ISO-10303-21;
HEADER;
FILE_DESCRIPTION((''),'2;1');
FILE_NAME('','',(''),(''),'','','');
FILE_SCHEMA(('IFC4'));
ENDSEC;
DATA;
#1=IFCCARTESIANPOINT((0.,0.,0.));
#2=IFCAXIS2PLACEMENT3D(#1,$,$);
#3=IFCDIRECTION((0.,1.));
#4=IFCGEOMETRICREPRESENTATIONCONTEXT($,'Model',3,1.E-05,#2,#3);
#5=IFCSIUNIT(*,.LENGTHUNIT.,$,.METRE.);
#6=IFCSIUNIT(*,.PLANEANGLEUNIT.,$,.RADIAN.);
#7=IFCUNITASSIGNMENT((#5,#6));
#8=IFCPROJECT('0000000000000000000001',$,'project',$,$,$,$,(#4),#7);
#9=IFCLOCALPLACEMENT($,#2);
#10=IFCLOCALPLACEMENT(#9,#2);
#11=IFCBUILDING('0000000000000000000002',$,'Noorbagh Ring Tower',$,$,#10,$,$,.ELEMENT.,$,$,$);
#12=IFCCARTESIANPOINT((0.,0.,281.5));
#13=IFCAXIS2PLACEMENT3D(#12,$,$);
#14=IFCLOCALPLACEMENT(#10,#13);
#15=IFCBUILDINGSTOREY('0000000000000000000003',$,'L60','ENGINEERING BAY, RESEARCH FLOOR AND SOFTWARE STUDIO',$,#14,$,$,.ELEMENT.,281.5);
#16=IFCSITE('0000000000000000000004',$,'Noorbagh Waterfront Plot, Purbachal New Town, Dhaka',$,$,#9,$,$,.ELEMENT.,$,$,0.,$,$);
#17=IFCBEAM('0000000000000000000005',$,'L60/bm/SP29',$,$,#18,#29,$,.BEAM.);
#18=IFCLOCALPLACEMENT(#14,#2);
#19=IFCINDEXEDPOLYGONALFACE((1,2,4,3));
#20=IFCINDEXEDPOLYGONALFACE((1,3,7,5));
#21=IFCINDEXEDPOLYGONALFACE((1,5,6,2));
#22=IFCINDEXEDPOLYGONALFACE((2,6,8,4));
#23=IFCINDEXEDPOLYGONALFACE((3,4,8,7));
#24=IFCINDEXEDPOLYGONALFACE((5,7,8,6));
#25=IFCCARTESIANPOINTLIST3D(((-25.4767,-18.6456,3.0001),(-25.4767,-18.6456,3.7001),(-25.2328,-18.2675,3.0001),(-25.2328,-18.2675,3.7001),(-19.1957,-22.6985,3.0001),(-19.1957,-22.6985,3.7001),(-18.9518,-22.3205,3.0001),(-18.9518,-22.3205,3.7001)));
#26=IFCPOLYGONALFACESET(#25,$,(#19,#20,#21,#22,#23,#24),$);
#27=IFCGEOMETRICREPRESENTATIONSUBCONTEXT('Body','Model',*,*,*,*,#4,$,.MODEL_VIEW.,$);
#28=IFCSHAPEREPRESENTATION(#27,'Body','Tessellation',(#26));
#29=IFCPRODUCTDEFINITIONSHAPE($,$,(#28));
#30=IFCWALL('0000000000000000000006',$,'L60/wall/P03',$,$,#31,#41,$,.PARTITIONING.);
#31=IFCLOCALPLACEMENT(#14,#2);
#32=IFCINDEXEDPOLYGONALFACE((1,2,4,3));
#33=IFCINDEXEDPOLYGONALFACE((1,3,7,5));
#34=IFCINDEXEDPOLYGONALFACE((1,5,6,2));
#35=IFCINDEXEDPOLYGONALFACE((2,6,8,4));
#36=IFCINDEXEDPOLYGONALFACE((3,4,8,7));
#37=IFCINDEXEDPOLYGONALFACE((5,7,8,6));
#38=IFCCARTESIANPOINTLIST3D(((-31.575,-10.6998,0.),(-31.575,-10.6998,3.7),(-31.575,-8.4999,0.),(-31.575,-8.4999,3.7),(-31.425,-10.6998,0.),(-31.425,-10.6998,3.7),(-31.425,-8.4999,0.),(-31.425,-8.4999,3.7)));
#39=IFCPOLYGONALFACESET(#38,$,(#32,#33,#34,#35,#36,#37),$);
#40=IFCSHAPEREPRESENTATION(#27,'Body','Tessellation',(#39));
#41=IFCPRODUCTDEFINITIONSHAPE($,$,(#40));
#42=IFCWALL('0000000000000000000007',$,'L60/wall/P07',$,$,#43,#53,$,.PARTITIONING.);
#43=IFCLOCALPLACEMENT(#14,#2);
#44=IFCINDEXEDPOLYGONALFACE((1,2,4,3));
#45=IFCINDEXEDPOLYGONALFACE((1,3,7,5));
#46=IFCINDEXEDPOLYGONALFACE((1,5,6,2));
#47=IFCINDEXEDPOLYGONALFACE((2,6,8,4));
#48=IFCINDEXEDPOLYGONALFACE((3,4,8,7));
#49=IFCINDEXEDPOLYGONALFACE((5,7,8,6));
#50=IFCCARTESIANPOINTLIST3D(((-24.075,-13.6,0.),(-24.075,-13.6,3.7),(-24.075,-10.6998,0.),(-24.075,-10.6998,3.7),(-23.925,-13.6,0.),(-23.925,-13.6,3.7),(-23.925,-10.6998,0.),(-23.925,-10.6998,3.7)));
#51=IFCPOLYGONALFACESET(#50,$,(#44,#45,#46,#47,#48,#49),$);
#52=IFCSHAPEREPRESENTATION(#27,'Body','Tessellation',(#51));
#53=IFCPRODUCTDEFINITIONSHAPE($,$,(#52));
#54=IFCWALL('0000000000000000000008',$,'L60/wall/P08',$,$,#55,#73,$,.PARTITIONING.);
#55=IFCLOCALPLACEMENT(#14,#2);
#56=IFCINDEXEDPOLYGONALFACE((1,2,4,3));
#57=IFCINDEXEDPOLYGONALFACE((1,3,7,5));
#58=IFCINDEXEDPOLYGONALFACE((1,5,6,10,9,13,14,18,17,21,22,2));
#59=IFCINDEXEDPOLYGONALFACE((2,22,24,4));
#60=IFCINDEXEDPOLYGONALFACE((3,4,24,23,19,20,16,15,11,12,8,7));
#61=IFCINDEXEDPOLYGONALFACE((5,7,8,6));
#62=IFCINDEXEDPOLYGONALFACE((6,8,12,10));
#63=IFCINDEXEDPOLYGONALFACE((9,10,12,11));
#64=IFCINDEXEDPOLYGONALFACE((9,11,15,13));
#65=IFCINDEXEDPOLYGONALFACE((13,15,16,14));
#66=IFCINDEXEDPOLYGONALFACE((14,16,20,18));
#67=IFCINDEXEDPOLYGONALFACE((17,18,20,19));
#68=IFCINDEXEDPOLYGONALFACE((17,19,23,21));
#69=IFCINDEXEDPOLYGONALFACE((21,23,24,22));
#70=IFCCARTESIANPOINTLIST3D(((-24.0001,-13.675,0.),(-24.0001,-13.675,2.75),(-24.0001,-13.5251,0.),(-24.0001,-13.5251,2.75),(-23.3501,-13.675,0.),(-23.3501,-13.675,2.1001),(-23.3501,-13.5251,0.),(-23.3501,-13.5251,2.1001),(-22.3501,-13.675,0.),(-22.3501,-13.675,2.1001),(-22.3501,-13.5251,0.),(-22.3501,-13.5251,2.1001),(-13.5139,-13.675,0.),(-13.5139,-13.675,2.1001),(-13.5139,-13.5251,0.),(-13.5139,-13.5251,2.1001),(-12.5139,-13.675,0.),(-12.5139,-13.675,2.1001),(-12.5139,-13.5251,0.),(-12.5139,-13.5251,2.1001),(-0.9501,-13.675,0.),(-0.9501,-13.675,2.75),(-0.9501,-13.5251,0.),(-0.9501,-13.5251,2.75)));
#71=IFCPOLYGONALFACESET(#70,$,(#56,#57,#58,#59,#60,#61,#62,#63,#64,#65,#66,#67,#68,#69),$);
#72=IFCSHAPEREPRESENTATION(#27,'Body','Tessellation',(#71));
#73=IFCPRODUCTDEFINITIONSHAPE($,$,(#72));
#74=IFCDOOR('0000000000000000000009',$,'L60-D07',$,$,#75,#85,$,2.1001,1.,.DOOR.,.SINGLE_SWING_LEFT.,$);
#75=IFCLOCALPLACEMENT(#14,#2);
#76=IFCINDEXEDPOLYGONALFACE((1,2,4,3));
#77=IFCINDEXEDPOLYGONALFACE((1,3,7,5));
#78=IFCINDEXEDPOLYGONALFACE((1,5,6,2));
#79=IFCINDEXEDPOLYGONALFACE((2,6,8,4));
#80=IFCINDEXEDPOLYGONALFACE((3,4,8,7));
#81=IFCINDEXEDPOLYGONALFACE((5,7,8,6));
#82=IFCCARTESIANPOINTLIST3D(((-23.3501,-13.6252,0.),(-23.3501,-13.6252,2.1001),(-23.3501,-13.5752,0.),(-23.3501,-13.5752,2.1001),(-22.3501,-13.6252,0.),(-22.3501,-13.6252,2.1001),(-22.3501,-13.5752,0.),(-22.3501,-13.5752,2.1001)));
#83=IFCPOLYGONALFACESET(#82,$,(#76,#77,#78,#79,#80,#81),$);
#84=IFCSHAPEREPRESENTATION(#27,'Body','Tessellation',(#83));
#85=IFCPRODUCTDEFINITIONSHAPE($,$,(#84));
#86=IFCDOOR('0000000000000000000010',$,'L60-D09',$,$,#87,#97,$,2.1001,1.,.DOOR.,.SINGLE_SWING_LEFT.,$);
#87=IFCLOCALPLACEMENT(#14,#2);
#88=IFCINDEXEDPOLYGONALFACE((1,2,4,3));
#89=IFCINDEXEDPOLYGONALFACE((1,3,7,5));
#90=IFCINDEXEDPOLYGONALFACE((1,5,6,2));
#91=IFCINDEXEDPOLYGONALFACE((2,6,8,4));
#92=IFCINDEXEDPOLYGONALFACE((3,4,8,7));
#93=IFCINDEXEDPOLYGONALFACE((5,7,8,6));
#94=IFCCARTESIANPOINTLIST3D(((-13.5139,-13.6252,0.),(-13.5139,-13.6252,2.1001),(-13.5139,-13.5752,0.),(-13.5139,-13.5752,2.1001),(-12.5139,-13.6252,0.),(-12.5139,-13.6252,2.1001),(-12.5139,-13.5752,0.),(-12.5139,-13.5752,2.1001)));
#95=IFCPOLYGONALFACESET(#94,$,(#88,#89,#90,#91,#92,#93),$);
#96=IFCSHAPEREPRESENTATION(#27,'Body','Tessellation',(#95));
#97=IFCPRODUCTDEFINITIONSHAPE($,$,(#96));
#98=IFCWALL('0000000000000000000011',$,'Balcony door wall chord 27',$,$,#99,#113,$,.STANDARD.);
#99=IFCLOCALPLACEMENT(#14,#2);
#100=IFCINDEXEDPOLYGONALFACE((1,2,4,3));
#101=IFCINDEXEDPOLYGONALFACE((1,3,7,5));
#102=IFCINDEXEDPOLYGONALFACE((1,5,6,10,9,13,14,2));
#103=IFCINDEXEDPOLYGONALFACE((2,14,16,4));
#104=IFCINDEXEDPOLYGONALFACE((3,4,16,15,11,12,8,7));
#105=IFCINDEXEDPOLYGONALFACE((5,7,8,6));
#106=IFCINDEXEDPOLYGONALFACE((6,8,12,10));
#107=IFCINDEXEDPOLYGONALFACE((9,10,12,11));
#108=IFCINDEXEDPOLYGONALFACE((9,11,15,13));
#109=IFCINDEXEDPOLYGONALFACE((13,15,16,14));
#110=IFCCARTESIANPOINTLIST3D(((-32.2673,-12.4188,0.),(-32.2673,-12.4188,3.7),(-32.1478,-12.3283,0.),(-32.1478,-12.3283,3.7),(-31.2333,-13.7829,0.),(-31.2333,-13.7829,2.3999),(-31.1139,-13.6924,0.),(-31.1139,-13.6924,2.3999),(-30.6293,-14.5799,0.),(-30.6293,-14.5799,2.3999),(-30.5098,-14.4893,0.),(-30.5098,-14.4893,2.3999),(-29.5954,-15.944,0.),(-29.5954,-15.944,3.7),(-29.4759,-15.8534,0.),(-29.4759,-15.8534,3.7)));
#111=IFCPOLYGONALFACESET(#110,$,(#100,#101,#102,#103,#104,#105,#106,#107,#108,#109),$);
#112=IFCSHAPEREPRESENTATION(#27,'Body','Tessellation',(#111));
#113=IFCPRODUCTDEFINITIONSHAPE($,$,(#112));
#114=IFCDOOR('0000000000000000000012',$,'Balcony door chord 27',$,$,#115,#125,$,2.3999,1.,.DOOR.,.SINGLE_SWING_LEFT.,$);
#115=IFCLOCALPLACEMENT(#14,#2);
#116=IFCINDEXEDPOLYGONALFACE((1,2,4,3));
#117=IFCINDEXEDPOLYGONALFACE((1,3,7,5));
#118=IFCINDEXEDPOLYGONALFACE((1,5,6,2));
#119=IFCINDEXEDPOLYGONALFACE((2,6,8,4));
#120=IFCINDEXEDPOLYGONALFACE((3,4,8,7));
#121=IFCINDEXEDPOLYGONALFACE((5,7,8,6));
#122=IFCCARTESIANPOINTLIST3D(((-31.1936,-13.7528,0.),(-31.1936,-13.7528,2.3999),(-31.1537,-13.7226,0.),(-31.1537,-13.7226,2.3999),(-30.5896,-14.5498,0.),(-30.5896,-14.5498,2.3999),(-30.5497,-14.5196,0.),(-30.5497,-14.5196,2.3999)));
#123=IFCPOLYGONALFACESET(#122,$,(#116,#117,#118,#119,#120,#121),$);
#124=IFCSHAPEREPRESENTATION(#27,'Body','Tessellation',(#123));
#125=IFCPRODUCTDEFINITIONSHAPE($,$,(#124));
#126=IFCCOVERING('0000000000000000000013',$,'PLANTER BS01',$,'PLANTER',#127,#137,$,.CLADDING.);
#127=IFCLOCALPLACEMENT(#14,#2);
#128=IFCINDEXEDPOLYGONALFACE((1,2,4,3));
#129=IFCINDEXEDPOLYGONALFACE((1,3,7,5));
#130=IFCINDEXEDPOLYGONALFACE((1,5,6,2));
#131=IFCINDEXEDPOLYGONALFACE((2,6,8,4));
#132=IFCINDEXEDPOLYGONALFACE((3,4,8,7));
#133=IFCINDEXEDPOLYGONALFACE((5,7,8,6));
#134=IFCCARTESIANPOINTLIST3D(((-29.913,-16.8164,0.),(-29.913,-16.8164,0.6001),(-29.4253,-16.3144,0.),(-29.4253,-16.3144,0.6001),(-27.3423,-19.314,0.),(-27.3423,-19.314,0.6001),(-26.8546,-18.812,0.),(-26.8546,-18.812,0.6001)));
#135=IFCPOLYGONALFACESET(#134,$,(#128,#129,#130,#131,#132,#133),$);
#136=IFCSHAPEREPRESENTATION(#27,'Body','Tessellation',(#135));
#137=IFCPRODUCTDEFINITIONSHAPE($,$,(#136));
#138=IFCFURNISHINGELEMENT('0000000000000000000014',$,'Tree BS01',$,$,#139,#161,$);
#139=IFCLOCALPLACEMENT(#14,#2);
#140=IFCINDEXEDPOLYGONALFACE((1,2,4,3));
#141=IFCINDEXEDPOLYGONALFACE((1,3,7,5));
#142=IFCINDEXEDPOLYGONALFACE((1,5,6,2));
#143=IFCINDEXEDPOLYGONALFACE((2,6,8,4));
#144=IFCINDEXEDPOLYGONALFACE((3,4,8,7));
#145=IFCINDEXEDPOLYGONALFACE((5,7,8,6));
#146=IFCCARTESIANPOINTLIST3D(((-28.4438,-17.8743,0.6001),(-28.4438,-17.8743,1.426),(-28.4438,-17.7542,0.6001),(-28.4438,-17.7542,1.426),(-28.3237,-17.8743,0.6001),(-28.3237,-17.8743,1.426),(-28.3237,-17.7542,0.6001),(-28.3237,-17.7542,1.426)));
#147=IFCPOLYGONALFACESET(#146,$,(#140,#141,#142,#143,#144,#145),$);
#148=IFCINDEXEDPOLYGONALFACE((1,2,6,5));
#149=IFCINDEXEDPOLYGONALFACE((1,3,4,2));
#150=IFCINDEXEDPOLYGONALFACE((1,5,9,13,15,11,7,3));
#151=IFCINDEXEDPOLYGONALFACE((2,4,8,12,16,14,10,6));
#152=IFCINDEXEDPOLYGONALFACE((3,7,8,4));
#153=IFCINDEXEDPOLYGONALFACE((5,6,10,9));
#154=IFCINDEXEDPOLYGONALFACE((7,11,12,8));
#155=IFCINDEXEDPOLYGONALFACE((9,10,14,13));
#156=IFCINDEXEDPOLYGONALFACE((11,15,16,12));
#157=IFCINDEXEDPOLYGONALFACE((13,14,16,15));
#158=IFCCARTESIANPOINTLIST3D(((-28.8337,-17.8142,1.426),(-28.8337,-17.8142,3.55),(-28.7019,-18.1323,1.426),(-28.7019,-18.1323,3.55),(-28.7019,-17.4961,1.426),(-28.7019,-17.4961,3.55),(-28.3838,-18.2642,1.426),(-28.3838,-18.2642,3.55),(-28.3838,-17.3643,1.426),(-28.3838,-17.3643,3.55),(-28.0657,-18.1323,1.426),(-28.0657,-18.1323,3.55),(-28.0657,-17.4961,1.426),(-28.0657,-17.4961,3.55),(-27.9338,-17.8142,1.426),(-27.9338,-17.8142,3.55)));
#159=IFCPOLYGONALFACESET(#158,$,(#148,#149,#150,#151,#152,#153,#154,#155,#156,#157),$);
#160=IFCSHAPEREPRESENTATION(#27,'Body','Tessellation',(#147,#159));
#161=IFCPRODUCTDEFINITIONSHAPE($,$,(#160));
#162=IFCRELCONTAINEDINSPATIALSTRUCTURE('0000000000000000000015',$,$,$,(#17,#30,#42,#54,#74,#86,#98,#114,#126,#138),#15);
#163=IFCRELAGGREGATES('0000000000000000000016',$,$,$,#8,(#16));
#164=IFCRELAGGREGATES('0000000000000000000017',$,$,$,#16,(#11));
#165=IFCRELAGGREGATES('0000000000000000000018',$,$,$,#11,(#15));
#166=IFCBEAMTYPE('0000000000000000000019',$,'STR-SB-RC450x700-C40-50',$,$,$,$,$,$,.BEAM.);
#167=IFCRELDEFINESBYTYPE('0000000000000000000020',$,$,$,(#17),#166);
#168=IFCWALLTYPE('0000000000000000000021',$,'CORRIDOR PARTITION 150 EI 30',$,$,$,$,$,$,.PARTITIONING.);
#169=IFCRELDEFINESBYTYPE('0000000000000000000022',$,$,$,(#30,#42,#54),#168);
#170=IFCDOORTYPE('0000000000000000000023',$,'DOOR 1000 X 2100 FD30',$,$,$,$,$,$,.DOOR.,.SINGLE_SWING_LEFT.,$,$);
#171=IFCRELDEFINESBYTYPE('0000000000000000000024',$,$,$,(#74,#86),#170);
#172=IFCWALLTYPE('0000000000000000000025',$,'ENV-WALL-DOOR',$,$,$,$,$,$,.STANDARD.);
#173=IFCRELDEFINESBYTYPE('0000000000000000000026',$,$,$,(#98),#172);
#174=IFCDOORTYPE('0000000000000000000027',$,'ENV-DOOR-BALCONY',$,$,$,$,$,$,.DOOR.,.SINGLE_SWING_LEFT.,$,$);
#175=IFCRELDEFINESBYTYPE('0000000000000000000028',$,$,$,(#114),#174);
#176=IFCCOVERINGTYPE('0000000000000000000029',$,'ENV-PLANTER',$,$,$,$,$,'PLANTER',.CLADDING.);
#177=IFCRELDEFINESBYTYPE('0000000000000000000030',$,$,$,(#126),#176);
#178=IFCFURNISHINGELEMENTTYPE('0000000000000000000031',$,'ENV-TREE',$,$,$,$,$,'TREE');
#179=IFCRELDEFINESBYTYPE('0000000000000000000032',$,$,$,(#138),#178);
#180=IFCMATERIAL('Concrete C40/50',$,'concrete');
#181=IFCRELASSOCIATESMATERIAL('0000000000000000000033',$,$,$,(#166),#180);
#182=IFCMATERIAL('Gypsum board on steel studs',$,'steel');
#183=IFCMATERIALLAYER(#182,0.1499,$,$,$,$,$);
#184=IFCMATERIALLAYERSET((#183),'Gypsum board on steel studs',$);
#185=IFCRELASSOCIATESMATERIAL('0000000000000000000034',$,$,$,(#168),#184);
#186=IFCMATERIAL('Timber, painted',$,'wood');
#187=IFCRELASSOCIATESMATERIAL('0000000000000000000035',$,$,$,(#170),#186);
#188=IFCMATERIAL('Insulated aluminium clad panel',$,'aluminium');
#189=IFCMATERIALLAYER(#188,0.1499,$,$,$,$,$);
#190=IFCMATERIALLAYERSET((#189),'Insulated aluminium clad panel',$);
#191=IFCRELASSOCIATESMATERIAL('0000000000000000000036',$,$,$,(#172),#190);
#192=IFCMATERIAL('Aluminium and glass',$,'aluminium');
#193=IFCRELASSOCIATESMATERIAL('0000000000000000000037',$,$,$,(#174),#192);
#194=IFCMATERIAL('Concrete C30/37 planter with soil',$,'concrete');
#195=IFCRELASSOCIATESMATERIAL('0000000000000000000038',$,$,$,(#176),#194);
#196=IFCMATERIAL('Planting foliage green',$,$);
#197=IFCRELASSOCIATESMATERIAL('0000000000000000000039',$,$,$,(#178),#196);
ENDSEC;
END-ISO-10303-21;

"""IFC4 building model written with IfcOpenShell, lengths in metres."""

from ifc_helpers import new_model, si_unit, direction, frame, frame_2d, origin, origin_2d, place, context, subcontext, project, spatial, polyline, rectangle, outline, extrude, material, layer, layer_set, material_profile, profile_set, type_object, element, fill, save


model = new_model("IFC4")

# Units and contexts
model_context = context("Model", 3, precision=1e-05, world=origin(), true_north=direction((0.0, 1.0)))
body_context = subcontext(model_context, "Body", "Model", "MODEL_VIEW")
ifc_project = project(units=[si_unit("LENGTHUNIT", "METRE"), si_unit("PLANEANGLEUNIT", "RADIAN")], contexts=[model_context])

# Site, building, storey
site_placement = place(None, origin())
site = spatial("IfcSite", under=ifc_project, at=site_placement, Name="Noorbagh Waterfront Plot, Purbachal New Town, Dhaka", CompositionType="ELEMENT", RefElevation=0.0)
building_placement = place(site_placement, origin())
building = spatial("IfcBuilding", under=site, at=building_placement, Name="Noorbagh Ring Tower", CompositionType="ELEMENT")
storey_placement = place(building_placement, frame((0.0, 0.0, 281.5)))
storey = spatial("IfcBuildingStorey", under=building, at=storey_placement, Name="L60", Description="ENGINEERING BAY, RESEARCH FLOOR AND SOFTWARE STUDIO", CompositionType="ELEMENT", Elevation=281.5)

# Beam
ifc_material_1 = material(Name="Concrete C40/50", Category="concrete")
ifc_material_profile_1 = material_profile(ifc_material_1, rectangle(XDim=0.45, YDim=0.7, at=origin_2d()), Name="RC450x700")
ifc_profile_set_1 = profile_set([ifc_material_profile_1], Name="Concrete C40/50")
beam_type_1 = type_object("IfcBeamType", Name="STR-SB-RC450x700-C40-50", PredefinedType="BEAM", material=ifc_profile_set_1)
beam_1_placement = place(storey_placement, frame((-25.3547, -18.4565, 3.3501), z_axis=(0.840253, -0.542195, 0.0), x_axis=(0.542195, 0.840253, 0.0)))
element("IfcBeam", 1, at=beam_1_placement, inside=storey, type_object=beam_type_1, Name="L60/bm/SP29", PredefinedType="BEAM", context=body_context, shape_type="SweptSolid", body=[
    extrude(rectangle(XDim=0.45, YDim=0.7, at=origin_2d()), origin(), (0.0, 0.0, 1.0), 7.4751),
])

# Walls
ifc_material_2 = material(Name="Gypsum board on steel studs", Category="steel")
ifc_layer_1 = layer(ifc_material_2, 0.1499)
ifc_layer_set_1 = layer_set([ifc_layer_1], Name="Gypsum board on steel studs")
wall_type_1 = type_object("IfcWallType", Name="CORRIDOR PARTITION 150 EI 30", PredefinedType="PARTITIONING", material=ifc_layer_set_1)
wall_1_placement = place(storey_placement, frame((-31.5, -10.7, 0.0), z_axis=(0.0, 0.0, 1.0), x_axis=(0.0, 1.0, 0.0)))
element("IfcWall", 2, at=wall_1_placement, inside=storey, type_object=wall_type_1, Name="L60/wall/P03", PredefinedType="PARTITIONING", context=body_context, shape_type="SweptSolid", body=[
    extrude(rectangle(XDim=2.2, YDim=0.1499, at=frame_2d((1.1001, 0.0))), origin(), (0.0, 0.0, 1.0), 3.7),
])
wall_2_placement = place(storey_placement, frame((-24.0, -13.6001, 0.0), z_axis=(0.0, 0.0, 1.0), x_axis=(0.0, 1.0, 0.0)))
element("IfcWall", 3, at=wall_2_placement, inside=storey, type_object=wall_type_1, Name="L60/wall/P07", PredefinedType="PARTITIONING", context=body_context, shape_type="SweptSolid", body=[
    extrude(rectangle(XDim=2.9001, YDim=0.1499, at=frame_2d((1.4502, 0.0))), origin(), (0.0, 0.0, 1.0), 3.7),
])

# Wall, openings, doors
wall_3_placement = place(storey_placement, frame((-24.0, -13.6001, 0.0), z_axis=(0.0, 0.0, 1.0), x_axis=(1.0, 0.0, 0.0)))
wall_3 = element("IfcWall", 4, at=wall_3_placement, inside=storey, type_object=wall_type_1, Name="L60/wall/P08", PredefinedType="PARTITIONING", context=body_context, shape_type="SweptSolid", body=[
    extrude(rectangle(XDim=23.05, YDim=0.1499, at=frame_2d((11.5249, 0.0))), origin(), (0.0, 0.0, 1.0), 2.75),
])
opening_1_placement = place(wall_3_placement, frame((0.6499, 0.0, 0.0)))
opening_1 = element("IfcOpeningElement", 5, at=opening_1_placement, cuts=wall_3, PredefinedType="OPENING", context=body_context, shape_type="SweptSolid", body=[
    extrude(rectangle(XDim=1.0, YDim=2.1001, at=frame_2d((0.5, 1.05))), frame((0.0, 0.085, 0.0), z_axis=(0.0, -1.0, 0.0), x_axis=(1.0, 0.0, 0.0)), (0.0, 0.0, 1.0), 0.1699),
])
opening_2_placement = place(wall_3_placement, frame((10.4861, 0.0, 0.0)))
opening_2 = element("IfcOpeningElement", 6, at=opening_2_placement, cuts=wall_3, PredefinedType="OPENING", context=body_context, shape_type="SweptSolid", body=[
    extrude(rectangle(XDim=1.0, YDim=2.1001, at=frame_2d((0.5, 1.05))), frame((0.0, 0.085, 0.0), z_axis=(0.0, -1.0, 0.0), x_axis=(1.0, 0.0, 0.0)), (0.0, 0.0, 1.0), 0.1699),
])
ifc_material_3 = material(Name="Timber, painted", Category="wood")
door_type_1 = type_object("IfcDoorType", Name="DOOR 1000 X 2100 FD30", OperationType="SINGLE_SWING_LEFT", PredefinedType="DOOR", material=ifc_material_3)
door_1_placement = place(opening_1_placement, origin())
door_1 = element("IfcDoor", 7, at=door_1_placement, inside=storey, type_object=door_type_1, Name="L60-D07", OperationType="SINGLE_SWING_LEFT", OverallHeight=2.1001, OverallWidth=1.0, PredefinedType="DOOR", context=body_context, shape_type="SweptSolid", body=[
    extrude(rectangle(XDim=1.0, YDim=2.1001, at=frame_2d((0.5, 1.05))), frame((0.0, 0.0249, 0.0), z_axis=(0.0, -1.0, 0.0), x_axis=(1.0, 0.0, 0.0)), (0.0, 0.0, 1.0), 0.05),
])
fill(opening_1, door_1)
door_2_placement = place(opening_2_placement, origin())
door_2 = element("IfcDoor", 8, at=door_2_placement, inside=storey, type_object=door_type_1, Name="L60-D09", OperationType="SINGLE_SWING_LEFT", OverallHeight=2.1001, OverallWidth=1.0, PredefinedType="DOOR", context=body_context, shape_type="SweptSolid", body=[
    extrude(rectangle(XDim=1.0, YDim=2.1001, at=frame_2d((0.5, 1.05))), frame((0.0, 0.0249, 0.0), z_axis=(0.0, -1.0, 0.0), x_axis=(1.0, 0.0, 0.0)), (0.0, 0.0, 1.0), 0.05),
])
fill(opening_2, door_2)

# Wall, opening, door
ifc_material_4 = material(Name="Insulated aluminium clad panel", Category="aluminium")
ifc_layer_2 = layer(ifc_material_4, 0.1499)
ifc_layer_set_2 = layer_set([ifc_layer_2], Name="Insulated aluminium clad panel")
wall_type_2 = type_object("IfcWallType", Name="ENV-WALL-DOOR", PredefinedType="STANDARD", material=ifc_layer_set_2)
wall_4_placement = place(storey_placement, frame((-32.2075, -12.3735, 0.0), z_axis=(0.0, 0.0, 1.0), x_axis=(0.604046, -0.79695, 0.0)))
wall_4 = element("IfcWall", 9, at=wall_4_placement, inside=storey, type_object=wall_type_2, Name="Balcony door wall chord 27", PredefinedType="STANDARD", context=body_context, shape_type="SweptSolid", body=[
    extrude(rectangle(XDim=4.4233, YDim=0.1499, at=frame_2d((2.2117, 0.0))), origin(), (0.0, 0.0, 1.0), 3.7),
])
opening_3_placement = place(wall_4_placement, frame((1.7117, 0.0, 0.0)))
opening_3 = element("IfcOpeningElement", 10, at=opening_3_placement, cuts=wall_4, PredefinedType="OPENING", context=body_context, shape_type="SweptSolid", body=[
    extrude(rectangle(XDim=1.0, YDim=2.3999, at=frame_2d((0.5, 1.2))), frame((0.0, 0.085, 0.0), z_axis=(0.0, -1.0, 0.0), x_axis=(1.0, 0.0, 0.0)), (0.0, 0.0, 1.0), 0.1699),
])
ifc_material_5 = material(Name="Aluminium and glass", Category="aluminium")
door_type_2 = type_object("IfcDoorType", Name="ENV-DOOR-BALCONY", OperationType="SINGLE_SWING_LEFT", PredefinedType="DOOR", material=ifc_material_5)
door_3_placement = place(opening_3_placement, origin())
door_3 = element("IfcDoor", 11, at=door_3_placement, inside=storey, type_object=door_type_2, Name="Balcony door chord 27", OperationType="SINGLE_SWING_LEFT", OverallHeight=2.3999, OverallWidth=1.0, PredefinedType="DOOR", context=body_context, shape_type="SweptSolid", body=[
    extrude(rectangle(XDim=1.0, YDim=2.3999, at=frame_2d((0.5, 1.2))), frame((0.0, 0.0249, 0.0), z_axis=(0.0, -1.0, 0.0), x_axis=(1.0, 0.0, 0.0)), (0.0, 0.0, 1.0), 0.05),
])
fill(opening_3, door_3)

# Covering
ifc_material_6 = material(Name="Concrete C30/37 planter with soil", Category="concrete")
covering_type = type_object("IfcCoveringType", Name="ENV-PLANTER", ElementType="PLANTER", PredefinedType="CLADDING", material=ifc_material_6)
covering_placement = place(storey_placement, frame((-28.3838, -17.8142, 0.0), z_axis=(0.0, 0.0, 1.0), x_axis=(0.717225, -0.696842, 0.0)))
element("IfcCovering", 12, at=covering_placement, inside=storey, type_object=covering_type, Name="PLANTER BS01", ObjectType="PLANTER", PredefinedType="CLADDING", context=body_context, shape_type="SweptSolid", body=[
    extrude(rectangle(XDim=3.5842, YDim=0.7, at=origin_2d()), origin(), (0.0, 0.0, 1.0), 0.6001),
])

# Furnishing element
ifc_material_7 = material(Name="Planting foliage green")
furnishing_element_type = type_object("IfcFurnishingElementType", Name="ENV-TREE", ElementType="TREE", material=ifc_material_7)
furnishing_placement = place(storey_placement, frame((-28.3838, -17.8142, 0.6001), z_axis=(0.0, 0.0, 1.0), x_axis=(1.0, 0.0, 0.0)))
element("IfcFurnishingElement", 13, at=furnishing_placement, inside=storey, type_object=furnishing_element_type, Name="Tree BS01", context=body_context, shape_type="SweptSolid", body=[
    extrude(rectangle(XDim=0.1201, YDim=0.1201, at=origin_2d()), origin(), (0.0, 0.0, 1.0), 0.8259),
    extrude(outline(polyline([(0.45, 0.0), (0.3181, 0.3181), (0.0, 0.45), (-0.3181, 0.3181), (-0.45, 0.0), (-0.3181, -0.3181), (0.0, -0.45), (0.3181, -0.3181), (0.45, 0.0)])), frame((0.0, 0.0, 0.8259)), (0.0, 0.0, 1.0), 2.124),
])

save(model, "model.ifc")
